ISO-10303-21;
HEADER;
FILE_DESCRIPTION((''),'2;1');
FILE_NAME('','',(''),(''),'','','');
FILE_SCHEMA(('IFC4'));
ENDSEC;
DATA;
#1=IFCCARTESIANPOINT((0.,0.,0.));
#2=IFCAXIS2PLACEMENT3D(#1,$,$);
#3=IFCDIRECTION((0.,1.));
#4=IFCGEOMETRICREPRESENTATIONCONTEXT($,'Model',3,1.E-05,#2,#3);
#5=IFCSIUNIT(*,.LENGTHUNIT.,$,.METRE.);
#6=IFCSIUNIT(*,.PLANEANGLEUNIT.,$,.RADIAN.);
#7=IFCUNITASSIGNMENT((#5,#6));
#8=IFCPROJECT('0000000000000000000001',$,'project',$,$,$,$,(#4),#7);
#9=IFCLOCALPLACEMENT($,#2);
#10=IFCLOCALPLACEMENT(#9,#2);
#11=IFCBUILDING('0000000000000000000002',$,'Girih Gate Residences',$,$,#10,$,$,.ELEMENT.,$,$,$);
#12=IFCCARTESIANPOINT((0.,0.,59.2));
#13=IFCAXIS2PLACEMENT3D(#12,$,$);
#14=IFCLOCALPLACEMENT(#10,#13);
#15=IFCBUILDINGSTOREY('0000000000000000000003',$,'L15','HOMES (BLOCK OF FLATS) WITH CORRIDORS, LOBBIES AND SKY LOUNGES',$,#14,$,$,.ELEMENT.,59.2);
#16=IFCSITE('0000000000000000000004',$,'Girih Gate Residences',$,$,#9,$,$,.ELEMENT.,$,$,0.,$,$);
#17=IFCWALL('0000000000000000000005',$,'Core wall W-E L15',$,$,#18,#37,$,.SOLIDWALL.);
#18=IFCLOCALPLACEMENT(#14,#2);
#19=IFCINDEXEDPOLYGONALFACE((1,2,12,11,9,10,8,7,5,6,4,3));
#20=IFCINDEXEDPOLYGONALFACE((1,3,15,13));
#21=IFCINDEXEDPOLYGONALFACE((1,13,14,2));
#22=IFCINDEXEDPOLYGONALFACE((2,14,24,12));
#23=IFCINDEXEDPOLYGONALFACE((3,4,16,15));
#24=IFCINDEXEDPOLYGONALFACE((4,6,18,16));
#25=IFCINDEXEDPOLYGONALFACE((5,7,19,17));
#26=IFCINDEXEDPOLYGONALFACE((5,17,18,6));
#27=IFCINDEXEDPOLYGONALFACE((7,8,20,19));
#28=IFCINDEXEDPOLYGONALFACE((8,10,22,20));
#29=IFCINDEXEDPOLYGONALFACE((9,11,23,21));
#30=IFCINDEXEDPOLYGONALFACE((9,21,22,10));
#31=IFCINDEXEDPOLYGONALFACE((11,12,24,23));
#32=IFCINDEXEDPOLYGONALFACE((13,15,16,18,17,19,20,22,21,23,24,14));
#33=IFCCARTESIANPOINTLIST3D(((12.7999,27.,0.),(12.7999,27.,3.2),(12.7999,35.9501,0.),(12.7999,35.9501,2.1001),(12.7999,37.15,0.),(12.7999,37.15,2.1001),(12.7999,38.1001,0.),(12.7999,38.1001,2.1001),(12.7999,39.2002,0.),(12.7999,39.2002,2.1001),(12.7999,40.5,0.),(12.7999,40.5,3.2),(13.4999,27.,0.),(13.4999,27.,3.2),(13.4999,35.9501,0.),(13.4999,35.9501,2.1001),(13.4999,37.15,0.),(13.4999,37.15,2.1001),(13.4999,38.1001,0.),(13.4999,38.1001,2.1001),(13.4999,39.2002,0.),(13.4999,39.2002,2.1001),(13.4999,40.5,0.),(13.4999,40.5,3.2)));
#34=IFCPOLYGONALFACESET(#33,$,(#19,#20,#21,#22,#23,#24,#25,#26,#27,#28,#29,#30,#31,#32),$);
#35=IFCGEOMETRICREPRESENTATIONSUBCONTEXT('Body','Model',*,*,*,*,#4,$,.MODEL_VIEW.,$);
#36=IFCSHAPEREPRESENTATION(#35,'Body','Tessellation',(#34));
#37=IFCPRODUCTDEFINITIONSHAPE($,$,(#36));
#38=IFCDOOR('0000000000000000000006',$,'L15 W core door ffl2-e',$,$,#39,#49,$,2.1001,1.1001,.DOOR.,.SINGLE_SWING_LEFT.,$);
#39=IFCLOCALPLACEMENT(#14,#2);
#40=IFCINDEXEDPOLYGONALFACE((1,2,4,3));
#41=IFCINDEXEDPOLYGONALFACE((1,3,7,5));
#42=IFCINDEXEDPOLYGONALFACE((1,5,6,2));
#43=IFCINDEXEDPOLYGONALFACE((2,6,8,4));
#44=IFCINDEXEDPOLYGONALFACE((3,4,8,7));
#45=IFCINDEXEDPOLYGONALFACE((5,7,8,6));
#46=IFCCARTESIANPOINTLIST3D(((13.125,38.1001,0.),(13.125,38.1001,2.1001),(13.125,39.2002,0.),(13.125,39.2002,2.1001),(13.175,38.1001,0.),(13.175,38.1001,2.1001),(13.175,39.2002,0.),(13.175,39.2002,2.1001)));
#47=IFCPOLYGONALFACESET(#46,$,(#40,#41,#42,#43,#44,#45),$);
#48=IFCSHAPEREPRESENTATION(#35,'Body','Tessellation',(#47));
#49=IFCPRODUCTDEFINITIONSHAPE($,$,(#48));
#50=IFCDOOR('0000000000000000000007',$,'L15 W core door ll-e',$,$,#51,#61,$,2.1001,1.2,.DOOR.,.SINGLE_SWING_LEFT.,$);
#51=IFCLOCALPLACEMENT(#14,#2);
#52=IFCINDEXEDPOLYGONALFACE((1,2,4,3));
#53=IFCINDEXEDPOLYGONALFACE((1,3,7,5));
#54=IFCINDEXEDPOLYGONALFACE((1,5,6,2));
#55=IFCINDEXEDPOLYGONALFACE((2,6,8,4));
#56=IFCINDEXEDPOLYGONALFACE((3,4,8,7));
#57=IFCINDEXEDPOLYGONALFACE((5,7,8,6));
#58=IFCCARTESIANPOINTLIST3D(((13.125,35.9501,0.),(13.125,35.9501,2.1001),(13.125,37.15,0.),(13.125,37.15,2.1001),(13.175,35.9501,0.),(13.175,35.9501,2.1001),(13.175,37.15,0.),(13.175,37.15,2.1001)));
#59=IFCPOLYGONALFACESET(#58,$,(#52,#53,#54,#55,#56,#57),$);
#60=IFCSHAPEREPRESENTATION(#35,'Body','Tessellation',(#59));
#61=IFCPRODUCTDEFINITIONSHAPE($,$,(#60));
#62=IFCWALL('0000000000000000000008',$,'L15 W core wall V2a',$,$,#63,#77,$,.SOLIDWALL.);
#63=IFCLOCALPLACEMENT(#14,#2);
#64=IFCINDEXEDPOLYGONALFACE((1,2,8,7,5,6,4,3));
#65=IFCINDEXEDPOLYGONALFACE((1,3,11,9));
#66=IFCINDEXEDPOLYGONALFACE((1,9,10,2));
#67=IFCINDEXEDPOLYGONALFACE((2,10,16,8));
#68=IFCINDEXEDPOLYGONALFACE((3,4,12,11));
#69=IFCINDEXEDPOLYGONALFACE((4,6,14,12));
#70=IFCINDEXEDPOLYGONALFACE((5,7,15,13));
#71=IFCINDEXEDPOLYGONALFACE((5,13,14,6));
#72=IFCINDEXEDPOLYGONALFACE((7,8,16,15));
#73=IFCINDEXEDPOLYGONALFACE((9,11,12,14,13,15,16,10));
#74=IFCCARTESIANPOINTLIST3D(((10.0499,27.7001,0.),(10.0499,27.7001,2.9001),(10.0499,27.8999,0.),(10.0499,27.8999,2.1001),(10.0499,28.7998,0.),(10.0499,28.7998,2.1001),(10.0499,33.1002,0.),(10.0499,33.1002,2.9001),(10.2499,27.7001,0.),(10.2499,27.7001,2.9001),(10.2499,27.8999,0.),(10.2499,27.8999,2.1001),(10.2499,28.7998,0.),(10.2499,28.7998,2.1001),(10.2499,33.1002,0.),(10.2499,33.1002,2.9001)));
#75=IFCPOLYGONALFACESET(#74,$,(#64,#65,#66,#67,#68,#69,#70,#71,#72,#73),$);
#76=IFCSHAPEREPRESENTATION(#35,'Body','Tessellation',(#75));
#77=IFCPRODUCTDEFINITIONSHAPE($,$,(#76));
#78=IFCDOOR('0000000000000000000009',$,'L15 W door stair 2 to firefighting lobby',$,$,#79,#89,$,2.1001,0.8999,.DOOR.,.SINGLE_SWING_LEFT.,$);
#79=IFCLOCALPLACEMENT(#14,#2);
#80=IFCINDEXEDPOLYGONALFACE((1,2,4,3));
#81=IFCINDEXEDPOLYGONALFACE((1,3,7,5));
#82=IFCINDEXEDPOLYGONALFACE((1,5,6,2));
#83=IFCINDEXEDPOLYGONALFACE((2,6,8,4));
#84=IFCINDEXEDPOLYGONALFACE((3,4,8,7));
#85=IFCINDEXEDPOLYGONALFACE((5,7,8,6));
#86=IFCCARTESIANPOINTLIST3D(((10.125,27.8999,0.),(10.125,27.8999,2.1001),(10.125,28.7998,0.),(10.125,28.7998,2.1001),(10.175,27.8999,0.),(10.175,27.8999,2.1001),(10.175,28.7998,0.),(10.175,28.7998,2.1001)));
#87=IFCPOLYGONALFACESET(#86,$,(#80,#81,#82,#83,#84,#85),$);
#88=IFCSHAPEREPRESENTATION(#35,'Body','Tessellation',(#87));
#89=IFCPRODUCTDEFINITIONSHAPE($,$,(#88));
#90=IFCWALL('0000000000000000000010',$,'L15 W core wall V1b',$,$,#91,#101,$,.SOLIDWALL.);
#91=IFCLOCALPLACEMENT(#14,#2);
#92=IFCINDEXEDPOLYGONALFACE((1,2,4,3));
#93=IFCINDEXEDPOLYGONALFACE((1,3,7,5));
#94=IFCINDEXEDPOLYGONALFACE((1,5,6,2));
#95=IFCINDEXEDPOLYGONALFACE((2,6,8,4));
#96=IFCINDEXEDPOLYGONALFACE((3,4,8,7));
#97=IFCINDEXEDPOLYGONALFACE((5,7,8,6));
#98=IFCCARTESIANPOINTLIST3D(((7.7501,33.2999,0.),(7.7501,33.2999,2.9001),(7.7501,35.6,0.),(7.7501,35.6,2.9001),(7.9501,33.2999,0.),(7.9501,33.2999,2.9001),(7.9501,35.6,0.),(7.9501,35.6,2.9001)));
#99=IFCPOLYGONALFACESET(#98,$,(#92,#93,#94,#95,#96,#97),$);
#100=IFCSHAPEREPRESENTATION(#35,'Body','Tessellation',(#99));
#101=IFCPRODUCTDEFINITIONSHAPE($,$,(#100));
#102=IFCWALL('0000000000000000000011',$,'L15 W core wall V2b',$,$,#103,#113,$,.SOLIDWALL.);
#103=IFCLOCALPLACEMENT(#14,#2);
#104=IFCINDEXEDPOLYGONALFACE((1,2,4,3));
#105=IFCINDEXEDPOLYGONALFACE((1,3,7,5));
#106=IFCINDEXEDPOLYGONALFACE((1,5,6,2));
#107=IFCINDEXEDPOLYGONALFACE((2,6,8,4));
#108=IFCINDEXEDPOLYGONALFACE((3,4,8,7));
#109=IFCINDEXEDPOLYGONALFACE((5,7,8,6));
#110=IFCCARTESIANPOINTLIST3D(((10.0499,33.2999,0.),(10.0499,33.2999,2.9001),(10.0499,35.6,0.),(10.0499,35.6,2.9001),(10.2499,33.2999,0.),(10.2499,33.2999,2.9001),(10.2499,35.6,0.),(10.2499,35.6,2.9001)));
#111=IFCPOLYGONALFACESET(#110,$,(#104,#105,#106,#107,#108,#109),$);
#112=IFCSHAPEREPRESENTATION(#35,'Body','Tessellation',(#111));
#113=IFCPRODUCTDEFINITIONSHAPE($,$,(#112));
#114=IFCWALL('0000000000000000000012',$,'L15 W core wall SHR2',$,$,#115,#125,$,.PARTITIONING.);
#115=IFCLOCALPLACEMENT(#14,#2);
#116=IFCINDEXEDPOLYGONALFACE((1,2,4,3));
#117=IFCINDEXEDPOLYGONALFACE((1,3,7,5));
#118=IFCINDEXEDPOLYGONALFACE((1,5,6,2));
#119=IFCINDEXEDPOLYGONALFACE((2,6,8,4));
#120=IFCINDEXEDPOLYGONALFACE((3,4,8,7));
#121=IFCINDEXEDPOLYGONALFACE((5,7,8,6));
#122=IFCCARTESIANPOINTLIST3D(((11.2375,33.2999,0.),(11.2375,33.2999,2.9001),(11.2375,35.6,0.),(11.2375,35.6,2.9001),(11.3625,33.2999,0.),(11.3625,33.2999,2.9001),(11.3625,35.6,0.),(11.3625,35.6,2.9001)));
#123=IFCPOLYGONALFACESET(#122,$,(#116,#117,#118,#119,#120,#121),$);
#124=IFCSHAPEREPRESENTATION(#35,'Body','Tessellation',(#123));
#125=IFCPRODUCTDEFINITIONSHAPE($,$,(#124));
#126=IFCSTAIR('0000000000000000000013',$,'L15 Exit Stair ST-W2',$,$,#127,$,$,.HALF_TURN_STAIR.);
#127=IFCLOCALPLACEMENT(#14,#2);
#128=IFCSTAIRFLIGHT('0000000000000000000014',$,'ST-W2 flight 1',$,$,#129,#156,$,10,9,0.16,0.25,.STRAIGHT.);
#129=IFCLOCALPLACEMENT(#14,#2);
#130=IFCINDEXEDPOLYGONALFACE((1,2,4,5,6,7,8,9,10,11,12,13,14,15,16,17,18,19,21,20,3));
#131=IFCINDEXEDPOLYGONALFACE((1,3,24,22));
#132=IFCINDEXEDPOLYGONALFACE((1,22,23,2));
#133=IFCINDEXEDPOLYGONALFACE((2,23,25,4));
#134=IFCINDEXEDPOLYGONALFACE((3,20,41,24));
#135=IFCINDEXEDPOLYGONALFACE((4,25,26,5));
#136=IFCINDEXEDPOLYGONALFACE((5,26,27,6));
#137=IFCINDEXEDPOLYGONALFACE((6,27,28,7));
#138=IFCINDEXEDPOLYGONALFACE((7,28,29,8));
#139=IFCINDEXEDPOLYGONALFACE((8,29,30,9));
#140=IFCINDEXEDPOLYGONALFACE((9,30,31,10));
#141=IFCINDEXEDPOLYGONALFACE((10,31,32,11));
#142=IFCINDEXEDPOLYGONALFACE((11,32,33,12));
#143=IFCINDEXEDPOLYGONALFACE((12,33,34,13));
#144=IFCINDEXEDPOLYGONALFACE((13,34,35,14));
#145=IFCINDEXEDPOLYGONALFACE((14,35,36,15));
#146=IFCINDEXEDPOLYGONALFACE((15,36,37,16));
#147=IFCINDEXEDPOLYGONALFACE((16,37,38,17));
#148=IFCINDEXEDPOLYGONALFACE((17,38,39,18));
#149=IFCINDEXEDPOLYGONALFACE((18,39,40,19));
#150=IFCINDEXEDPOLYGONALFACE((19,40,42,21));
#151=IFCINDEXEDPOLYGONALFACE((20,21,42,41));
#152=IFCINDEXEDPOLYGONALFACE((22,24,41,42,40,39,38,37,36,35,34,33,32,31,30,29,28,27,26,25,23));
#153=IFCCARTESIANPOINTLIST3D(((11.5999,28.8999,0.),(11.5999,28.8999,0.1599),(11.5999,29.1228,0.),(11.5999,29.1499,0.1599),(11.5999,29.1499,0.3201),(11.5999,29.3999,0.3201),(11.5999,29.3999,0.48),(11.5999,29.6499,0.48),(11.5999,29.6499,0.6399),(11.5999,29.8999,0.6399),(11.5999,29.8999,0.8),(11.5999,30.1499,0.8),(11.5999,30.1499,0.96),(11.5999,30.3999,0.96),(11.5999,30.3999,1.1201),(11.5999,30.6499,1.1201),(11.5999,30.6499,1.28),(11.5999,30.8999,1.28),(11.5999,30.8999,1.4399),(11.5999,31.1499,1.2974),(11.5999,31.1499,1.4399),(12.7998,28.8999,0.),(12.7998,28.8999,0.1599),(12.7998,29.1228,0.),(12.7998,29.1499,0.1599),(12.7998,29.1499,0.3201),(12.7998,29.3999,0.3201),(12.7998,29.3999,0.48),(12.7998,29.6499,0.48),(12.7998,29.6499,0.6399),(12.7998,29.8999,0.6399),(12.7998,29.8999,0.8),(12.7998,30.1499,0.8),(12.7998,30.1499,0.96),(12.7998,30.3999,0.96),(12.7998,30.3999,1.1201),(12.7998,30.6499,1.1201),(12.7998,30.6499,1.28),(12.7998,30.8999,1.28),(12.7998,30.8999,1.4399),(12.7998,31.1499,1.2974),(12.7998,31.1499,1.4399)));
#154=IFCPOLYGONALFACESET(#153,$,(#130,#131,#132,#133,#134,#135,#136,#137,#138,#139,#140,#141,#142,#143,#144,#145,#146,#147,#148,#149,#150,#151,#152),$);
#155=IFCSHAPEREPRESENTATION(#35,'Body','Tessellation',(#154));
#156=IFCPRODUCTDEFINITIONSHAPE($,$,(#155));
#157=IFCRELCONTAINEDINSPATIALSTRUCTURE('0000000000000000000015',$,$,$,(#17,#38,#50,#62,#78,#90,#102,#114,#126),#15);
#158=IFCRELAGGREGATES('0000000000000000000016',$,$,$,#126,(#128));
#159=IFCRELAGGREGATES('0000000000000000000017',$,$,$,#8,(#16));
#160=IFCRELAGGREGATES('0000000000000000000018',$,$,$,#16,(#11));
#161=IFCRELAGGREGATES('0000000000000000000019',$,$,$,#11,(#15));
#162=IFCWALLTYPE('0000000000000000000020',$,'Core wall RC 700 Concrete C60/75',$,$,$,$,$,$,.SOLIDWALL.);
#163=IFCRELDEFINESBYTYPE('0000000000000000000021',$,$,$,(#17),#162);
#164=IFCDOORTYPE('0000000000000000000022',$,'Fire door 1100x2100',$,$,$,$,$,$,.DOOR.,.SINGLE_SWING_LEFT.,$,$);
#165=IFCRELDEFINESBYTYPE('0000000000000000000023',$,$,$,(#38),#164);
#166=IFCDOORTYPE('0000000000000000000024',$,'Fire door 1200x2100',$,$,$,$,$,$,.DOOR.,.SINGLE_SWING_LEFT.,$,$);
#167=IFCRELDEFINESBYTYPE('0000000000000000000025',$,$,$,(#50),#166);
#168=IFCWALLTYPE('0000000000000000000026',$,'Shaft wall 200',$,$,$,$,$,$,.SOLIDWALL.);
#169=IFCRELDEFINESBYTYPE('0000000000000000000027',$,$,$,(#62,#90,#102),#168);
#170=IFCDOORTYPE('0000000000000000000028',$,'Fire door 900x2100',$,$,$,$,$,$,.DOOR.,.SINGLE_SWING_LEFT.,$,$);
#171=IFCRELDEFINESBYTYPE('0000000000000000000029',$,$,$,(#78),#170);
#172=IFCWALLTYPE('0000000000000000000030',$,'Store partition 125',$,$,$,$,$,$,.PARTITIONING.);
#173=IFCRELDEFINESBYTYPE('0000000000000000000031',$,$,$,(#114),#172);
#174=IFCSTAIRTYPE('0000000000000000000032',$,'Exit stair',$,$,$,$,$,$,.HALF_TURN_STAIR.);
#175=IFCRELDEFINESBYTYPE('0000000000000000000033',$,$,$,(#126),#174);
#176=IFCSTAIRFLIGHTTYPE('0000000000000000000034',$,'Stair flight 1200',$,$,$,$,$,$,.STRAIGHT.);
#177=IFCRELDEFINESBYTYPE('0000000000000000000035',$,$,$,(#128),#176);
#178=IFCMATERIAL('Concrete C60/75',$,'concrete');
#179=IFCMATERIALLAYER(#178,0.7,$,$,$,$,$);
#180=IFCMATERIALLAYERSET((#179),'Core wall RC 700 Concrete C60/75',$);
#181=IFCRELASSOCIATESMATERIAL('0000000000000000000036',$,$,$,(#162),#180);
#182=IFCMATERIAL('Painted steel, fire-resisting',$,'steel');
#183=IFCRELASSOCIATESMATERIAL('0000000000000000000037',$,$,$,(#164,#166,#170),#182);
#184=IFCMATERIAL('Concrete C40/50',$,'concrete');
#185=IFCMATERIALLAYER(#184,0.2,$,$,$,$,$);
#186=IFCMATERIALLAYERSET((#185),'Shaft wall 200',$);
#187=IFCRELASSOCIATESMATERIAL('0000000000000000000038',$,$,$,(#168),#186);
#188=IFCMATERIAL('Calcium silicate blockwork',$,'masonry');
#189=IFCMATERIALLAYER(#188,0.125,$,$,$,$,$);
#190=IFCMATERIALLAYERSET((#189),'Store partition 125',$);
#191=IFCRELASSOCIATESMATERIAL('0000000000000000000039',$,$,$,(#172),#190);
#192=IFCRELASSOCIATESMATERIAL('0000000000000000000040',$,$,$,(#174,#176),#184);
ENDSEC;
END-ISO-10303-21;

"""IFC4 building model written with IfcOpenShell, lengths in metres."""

from ifc_helpers import new_model, si_unit, direction, frame, frame_2d, origin, place, context, subcontext, project, spatial, polyline, rectangle, outline, extrude, material, layer, layer_set, type_object, element, fill, aggregate, save


model = new_model("IFC4")

# Units and contexts
model_context = context("Model", 3, precision=1e-05, world=origin(), true_north=direction((0.0, 1.0)))
body_context = subcontext(model_context, "Body", "Model", "MODEL_VIEW")
ifc_project = project(units=[si_unit("LENGTHUNIT", "METRE"), si_unit("PLANEANGLEUNIT", "RADIAN")], contexts=[model_context])

# Site, building, storey
site_placement = place(None, origin())
site = spatial("IfcSite", under=ifc_project, at=site_placement, Name="Girih Gate Residences", CompositionType="ELEMENT", RefElevation=0.0)
building_placement = place(site_placement, origin())
building = spatial("IfcBuilding", under=site, at=building_placement, Name="Girih Gate Residences", CompositionType="ELEMENT")
storey_placement = place(building_placement, frame((0.0, 0.0, 59.2)))
storey = spatial("IfcBuildingStorey", under=building, at=storey_placement, Name="L15", Description="HOMES (BLOCK OF FLATS) WITH CORRIDORS, LOBBIES AND SKY LOUNGES", CompositionType="ELEMENT", Elevation=59.2)

# Shared definitions
ifc_material_1 = material(Name="Concrete C60/75", Category="concrete")

# Wall, openings, doors
ifc_layer_1 = layer(ifc_material_1, 0.7)
ifc_layer_set_1 = layer_set([ifc_layer_1], Name="Core wall RC 700 Concrete C60/75")
wall_type_1 = type_object("IfcWallType", Name="Core wall RC 700 Concrete C60/75", PredefinedType="SOLIDWALL", material=ifc_layer_set_1)
wall_1_placement = place(storey_placement, frame((13.1499, 27.0, 0.0), z_axis=(0.0, 0.0, 1.0), x_axis=(0.0, 1.0, 0.0)))
wall_1 = element("IfcWall", 1, at=wall_1_placement, inside=storey, type_object=wall_type_1, Name="Core wall W-E L15", PredefinedType="SOLIDWALL", context=body_context, shape_type="SweptSolid", body=[
    extrude(rectangle(XDim=13.5, YDim=0.7, at=frame_2d((6.75, 0.0))), origin(), (0.0, 0.0, 1.0), 3.2),
])
opening_1_placement = place(wall_1_placement, frame((11.1001, 0.0, 0.0)))
opening_1 = element("IfcOpeningElement", 2, at=opening_1_placement, cuts=wall_1, PredefinedType="OPENING", context=body_context, shape_type="SweptSolid", body=[
    extrude(rectangle(XDim=1.1001, YDim=2.1001, at=frame_2d((0.55, 1.05))), frame((0.0, 0.3599, 0.0), z_axis=(0.0, -1.0, 0.0), x_axis=(1.0, 0.0, 0.0)), (0.0, 0.0, 1.0), 0.72),
])
opening_2_placement = place(wall_1_placement, frame((8.95, 0.0, 0.0)))
opening_2 = element("IfcOpeningElement", 3, at=opening_2_placement, cuts=wall_1, PredefinedType="OPENING", context=body_context, shape_type="SweptSolid", body=[
    extrude(rectangle(XDim=1.2, YDim=2.1001, at=frame_2d((0.6001, 1.05))), frame((0.0, 0.3599, 0.0), z_axis=(0.0, -1.0, 0.0), x_axis=(1.0, 0.0, 0.0)), (0.0, 0.0, 1.0), 0.72),
])
ifc_material_2 = material(Name="Painted steel, fire-resisting", Category="steel")
door_type_1 = type_object("IfcDoorType", Name="Fire door 1100x2100", OperationType="SINGLE_SWING_LEFT", PredefinedType="DOOR", material=ifc_material_2)
door_1_placement = place(opening_1_placement, origin())
door_1 = element("IfcDoor", 4, at=door_1_placement, inside=storey, type_object=door_type_1, Name="L15 W core door ffl2-e", OperationType="SINGLE_SWING_LEFT", OverallHeight=2.1001, OverallWidth=1.1001, PredefinedType="DOOR", context=body_context, shape_type="SweptSolid", body=[
    extrude(rectangle(XDim=1.1001, YDim=2.1001, at=frame_2d((0.55, 1.05))), frame((0.0, 0.0249, 0.0), z_axis=(0.0, -1.0, 0.0), x_axis=(1.0, 0.0, 0.0)), (0.0, 0.0, 1.0), 0.05),
])
fill(opening_1, door_1)
door_type_2 = type_object("IfcDoorType", Name="Fire door 1200x2100", OperationType="SINGLE_SWING_LEFT", PredefinedType="DOOR", material=ifc_material_2)
door_2_placement = place(opening_2_placement, origin())
door_2 = element("IfcDoor", 5, at=door_2_placement, inside=storey, type_object=door_type_2, Name="L15 W core door ll-e", OperationType="SINGLE_SWING_LEFT", OverallHeight=2.1001, OverallWidth=1.2, PredefinedType="DOOR", context=body_context, shape_type="SweptSolid", body=[
    extrude(rectangle(XDim=1.2, YDim=2.1001, at=frame_2d((0.6001, 1.05))), frame((0.0, 0.0249, 0.0), z_axis=(0.0, -1.0, 0.0), x_axis=(1.0, 0.0, 0.0)), (0.0, 0.0, 1.0), 0.05),
])
fill(opening_2, door_2)

# Wall, opening, door
ifc_material_3 = material(Name="Concrete C40/50", Category="concrete")
ifc_layer_2 = layer(ifc_material_3, 0.2)
ifc_layer_set_2 = layer_set([ifc_layer_2], Name="Shaft wall 200")
wall_type_2 = type_object("IfcWallType", Name="Shaft wall 200", PredefinedType="SOLIDWALL", material=ifc_layer_set_2)
wall_2_placement = place(storey_placement, frame((10.1499, 27.7, 0.0), z_axis=(0.0, 0.0, 1.0), x_axis=(0.0, 1.0, 0.0)))
wall_2 = element("IfcWall", 6, at=wall_2_placement, inside=storey, type_object=wall_type_2, Name="L15 W core wall V2a", PredefinedType="SOLIDWALL", context=body_context, shape_type="SweptSolid", body=[
    extrude(rectangle(XDim=5.4001, YDim=0.2, at=frame_2d((2.7002, 0.0))), origin(), (0.0, 0.0, 1.0), 2.9001),
])
opening_3_placement = place(wall_2_placement, frame((0.2, 0.0, 0.0)))
opening_3 = element("IfcOpeningElement", 7, at=opening_3_placement, cuts=wall_2, PredefinedType="OPENING", context=body_context, shape_type="SweptSolid", body=[
    extrude(rectangle(XDim=0.8999, YDim=2.1001, at=frame_2d((0.45, 1.05))), frame((0.0, 0.1099, 0.0), z_axis=(0.0, -1.0, 0.0), x_axis=(1.0, 0.0, 0.0)), (0.0, 0.0, 1.0), 0.22),
])
door_type_3 = type_object("IfcDoorType", Name="Fire door 900x2100", OperationType="SINGLE_SWING_LEFT", PredefinedType="DOOR", material=ifc_material_2)
door_3_placement = place(opening_3_placement, origin())
door_3 = element("IfcDoor", 8, at=door_3_placement, inside=storey, type_object=door_type_3, Name="L15 W door stair 2 to firefighting lobby", OperationType="SINGLE_SWING_LEFT", OverallHeight=2.1001, OverallWidth=0.8999, PredefinedType="DOOR", context=body_context, shape_type="SweptSolid", body=[
    extrude(rectangle(XDim=0.8999, YDim=2.1001, at=frame_2d((0.45, 1.05))), frame((0.0, 0.0249, 0.0), z_axis=(0.0, -1.0, 0.0), x_axis=(1.0, 0.0, 0.0)), (0.0, 0.0, 1.0), 0.05),
])
fill(opening_3, door_3)

# Walls
for number, where, z_axis, x_axis, name in (
    (9, (7.8501, 33.3, 0.0), (0.0, 0.0, 1.0), (0.0, 1.0, 0.0), "L15 W core wall V1b"),
    (10, (10.1499, 33.3, 0.0), (0.0, 0.0, 1.0), (0.0, 1.0, 0.0), "L15 W core wall V2b"),
):
    element("IfcWall", number, at=place(storey_placement, frame(where, z_axis=z_axis, x_axis=x_axis)), inside=storey, type_object=wall_type_2, Name=name, PredefinedType="SOLIDWALL", context=body_context, shape_type="SweptSolid", body=[
        extrude(rectangle(XDim=2.3, YDim=0.2, at=frame_2d((1.1499, 0.0))), origin(), (0.0, 0.0, 1.0), 2.9001),
    ])
ifc_material_4 = material(Name="Calcium silicate blockwork", Category="masonry")
ifc_layer_3 = layer(ifc_material_4, 0.125)
ifc_layer_set_3 = layer_set([ifc_layer_3], Name="Store partition 125")
wall_type_3 = type_object("IfcWallType", Name="Store partition 125", PredefinedType="PARTITIONING", material=ifc_layer_set_3)
wall_3_placement = place(storey_placement, frame((11.3, 33.3, 0.0), z_axis=(0.0, 0.0, 1.0), x_axis=(0.0, 1.0, 0.0)))
element("IfcWall", 11, at=wall_3_placement, inside=storey, type_object=wall_type_3, Name="L15 W core wall SHR2", PredefinedType="PARTITIONING", context=body_context, shape_type="SweptSolid", body=[
    extrude(rectangle(XDim=2.3, YDim=0.125, at=frame_2d((1.1499, 0.0))), origin(), (0.0, 0.0, 1.0), 2.9001),
])

# Stair, stair flight
stair_type = type_object("IfcStairType", Name="Exit stair", PredefinedType="HALF_TURN_STAIR", material=ifc_material_3)
stair_placement = place(storey_placement, origin())
stair = element("IfcStair", 12, at=stair_placement, inside=storey, type_object=stair_type, Name="L15 Exit Stair ST-W2", PredefinedType="HALF_TURN_STAIR")
stair_flight_type = type_object("IfcStairFlightType", Name="Stair flight 1200", PredefinedType="STRAIGHT", material=ifc_material_3)
stair_flight_1_placement = place(storey_placement, frame((12.2, 28.8999, 0.0), z_axis=(0.0, 0.0, 1.0), x_axis=(0.0, 1.0, 0.0)))
stair_flight_1 = element("IfcStairFlight", 13, at=stair_flight_1_placement, type_object=stair_flight_type, Name="ST-W2 flight 1", NumberOfRisers=10, NumberOfTreads=9, PredefinedType="STRAIGHT", RiserHeight=0.16, TreadLength=0.25, context=body_context, shape_type="SweptSolid", body=[
    extrude(outline(polyline([(0.0, 0.0), (0.0, 0.1599), (0.25, 0.1599), (0.25, 0.3201), (0.5, 0.3201), (0.5, 0.48), (0.75, 0.48), (0.75, 0.6399), (1.0, 0.6399), (1.0, 0.8), (1.25, 0.8), (1.25, 0.96), (1.5, 0.96), (1.5, 1.1201), (1.75, 1.1201), (1.75, 1.28), (2.0, 1.28), (2.0, 1.4399), (2.25, 1.4399), (2.25, 1.6001), (2.25, 1.2974), (0.2229, 0.0), (0.0, 0.0)])), frame((0.0, 0.6001, 0.0), z_axis=(0.0, -1.0, 0.0), x_axis=(1.0, 0.0, 0.0)), (0.0, 0.0, 1.0), 1.2),
])
aggregate(stair, [stair_flight_1])

save(model, "model.ifc")
